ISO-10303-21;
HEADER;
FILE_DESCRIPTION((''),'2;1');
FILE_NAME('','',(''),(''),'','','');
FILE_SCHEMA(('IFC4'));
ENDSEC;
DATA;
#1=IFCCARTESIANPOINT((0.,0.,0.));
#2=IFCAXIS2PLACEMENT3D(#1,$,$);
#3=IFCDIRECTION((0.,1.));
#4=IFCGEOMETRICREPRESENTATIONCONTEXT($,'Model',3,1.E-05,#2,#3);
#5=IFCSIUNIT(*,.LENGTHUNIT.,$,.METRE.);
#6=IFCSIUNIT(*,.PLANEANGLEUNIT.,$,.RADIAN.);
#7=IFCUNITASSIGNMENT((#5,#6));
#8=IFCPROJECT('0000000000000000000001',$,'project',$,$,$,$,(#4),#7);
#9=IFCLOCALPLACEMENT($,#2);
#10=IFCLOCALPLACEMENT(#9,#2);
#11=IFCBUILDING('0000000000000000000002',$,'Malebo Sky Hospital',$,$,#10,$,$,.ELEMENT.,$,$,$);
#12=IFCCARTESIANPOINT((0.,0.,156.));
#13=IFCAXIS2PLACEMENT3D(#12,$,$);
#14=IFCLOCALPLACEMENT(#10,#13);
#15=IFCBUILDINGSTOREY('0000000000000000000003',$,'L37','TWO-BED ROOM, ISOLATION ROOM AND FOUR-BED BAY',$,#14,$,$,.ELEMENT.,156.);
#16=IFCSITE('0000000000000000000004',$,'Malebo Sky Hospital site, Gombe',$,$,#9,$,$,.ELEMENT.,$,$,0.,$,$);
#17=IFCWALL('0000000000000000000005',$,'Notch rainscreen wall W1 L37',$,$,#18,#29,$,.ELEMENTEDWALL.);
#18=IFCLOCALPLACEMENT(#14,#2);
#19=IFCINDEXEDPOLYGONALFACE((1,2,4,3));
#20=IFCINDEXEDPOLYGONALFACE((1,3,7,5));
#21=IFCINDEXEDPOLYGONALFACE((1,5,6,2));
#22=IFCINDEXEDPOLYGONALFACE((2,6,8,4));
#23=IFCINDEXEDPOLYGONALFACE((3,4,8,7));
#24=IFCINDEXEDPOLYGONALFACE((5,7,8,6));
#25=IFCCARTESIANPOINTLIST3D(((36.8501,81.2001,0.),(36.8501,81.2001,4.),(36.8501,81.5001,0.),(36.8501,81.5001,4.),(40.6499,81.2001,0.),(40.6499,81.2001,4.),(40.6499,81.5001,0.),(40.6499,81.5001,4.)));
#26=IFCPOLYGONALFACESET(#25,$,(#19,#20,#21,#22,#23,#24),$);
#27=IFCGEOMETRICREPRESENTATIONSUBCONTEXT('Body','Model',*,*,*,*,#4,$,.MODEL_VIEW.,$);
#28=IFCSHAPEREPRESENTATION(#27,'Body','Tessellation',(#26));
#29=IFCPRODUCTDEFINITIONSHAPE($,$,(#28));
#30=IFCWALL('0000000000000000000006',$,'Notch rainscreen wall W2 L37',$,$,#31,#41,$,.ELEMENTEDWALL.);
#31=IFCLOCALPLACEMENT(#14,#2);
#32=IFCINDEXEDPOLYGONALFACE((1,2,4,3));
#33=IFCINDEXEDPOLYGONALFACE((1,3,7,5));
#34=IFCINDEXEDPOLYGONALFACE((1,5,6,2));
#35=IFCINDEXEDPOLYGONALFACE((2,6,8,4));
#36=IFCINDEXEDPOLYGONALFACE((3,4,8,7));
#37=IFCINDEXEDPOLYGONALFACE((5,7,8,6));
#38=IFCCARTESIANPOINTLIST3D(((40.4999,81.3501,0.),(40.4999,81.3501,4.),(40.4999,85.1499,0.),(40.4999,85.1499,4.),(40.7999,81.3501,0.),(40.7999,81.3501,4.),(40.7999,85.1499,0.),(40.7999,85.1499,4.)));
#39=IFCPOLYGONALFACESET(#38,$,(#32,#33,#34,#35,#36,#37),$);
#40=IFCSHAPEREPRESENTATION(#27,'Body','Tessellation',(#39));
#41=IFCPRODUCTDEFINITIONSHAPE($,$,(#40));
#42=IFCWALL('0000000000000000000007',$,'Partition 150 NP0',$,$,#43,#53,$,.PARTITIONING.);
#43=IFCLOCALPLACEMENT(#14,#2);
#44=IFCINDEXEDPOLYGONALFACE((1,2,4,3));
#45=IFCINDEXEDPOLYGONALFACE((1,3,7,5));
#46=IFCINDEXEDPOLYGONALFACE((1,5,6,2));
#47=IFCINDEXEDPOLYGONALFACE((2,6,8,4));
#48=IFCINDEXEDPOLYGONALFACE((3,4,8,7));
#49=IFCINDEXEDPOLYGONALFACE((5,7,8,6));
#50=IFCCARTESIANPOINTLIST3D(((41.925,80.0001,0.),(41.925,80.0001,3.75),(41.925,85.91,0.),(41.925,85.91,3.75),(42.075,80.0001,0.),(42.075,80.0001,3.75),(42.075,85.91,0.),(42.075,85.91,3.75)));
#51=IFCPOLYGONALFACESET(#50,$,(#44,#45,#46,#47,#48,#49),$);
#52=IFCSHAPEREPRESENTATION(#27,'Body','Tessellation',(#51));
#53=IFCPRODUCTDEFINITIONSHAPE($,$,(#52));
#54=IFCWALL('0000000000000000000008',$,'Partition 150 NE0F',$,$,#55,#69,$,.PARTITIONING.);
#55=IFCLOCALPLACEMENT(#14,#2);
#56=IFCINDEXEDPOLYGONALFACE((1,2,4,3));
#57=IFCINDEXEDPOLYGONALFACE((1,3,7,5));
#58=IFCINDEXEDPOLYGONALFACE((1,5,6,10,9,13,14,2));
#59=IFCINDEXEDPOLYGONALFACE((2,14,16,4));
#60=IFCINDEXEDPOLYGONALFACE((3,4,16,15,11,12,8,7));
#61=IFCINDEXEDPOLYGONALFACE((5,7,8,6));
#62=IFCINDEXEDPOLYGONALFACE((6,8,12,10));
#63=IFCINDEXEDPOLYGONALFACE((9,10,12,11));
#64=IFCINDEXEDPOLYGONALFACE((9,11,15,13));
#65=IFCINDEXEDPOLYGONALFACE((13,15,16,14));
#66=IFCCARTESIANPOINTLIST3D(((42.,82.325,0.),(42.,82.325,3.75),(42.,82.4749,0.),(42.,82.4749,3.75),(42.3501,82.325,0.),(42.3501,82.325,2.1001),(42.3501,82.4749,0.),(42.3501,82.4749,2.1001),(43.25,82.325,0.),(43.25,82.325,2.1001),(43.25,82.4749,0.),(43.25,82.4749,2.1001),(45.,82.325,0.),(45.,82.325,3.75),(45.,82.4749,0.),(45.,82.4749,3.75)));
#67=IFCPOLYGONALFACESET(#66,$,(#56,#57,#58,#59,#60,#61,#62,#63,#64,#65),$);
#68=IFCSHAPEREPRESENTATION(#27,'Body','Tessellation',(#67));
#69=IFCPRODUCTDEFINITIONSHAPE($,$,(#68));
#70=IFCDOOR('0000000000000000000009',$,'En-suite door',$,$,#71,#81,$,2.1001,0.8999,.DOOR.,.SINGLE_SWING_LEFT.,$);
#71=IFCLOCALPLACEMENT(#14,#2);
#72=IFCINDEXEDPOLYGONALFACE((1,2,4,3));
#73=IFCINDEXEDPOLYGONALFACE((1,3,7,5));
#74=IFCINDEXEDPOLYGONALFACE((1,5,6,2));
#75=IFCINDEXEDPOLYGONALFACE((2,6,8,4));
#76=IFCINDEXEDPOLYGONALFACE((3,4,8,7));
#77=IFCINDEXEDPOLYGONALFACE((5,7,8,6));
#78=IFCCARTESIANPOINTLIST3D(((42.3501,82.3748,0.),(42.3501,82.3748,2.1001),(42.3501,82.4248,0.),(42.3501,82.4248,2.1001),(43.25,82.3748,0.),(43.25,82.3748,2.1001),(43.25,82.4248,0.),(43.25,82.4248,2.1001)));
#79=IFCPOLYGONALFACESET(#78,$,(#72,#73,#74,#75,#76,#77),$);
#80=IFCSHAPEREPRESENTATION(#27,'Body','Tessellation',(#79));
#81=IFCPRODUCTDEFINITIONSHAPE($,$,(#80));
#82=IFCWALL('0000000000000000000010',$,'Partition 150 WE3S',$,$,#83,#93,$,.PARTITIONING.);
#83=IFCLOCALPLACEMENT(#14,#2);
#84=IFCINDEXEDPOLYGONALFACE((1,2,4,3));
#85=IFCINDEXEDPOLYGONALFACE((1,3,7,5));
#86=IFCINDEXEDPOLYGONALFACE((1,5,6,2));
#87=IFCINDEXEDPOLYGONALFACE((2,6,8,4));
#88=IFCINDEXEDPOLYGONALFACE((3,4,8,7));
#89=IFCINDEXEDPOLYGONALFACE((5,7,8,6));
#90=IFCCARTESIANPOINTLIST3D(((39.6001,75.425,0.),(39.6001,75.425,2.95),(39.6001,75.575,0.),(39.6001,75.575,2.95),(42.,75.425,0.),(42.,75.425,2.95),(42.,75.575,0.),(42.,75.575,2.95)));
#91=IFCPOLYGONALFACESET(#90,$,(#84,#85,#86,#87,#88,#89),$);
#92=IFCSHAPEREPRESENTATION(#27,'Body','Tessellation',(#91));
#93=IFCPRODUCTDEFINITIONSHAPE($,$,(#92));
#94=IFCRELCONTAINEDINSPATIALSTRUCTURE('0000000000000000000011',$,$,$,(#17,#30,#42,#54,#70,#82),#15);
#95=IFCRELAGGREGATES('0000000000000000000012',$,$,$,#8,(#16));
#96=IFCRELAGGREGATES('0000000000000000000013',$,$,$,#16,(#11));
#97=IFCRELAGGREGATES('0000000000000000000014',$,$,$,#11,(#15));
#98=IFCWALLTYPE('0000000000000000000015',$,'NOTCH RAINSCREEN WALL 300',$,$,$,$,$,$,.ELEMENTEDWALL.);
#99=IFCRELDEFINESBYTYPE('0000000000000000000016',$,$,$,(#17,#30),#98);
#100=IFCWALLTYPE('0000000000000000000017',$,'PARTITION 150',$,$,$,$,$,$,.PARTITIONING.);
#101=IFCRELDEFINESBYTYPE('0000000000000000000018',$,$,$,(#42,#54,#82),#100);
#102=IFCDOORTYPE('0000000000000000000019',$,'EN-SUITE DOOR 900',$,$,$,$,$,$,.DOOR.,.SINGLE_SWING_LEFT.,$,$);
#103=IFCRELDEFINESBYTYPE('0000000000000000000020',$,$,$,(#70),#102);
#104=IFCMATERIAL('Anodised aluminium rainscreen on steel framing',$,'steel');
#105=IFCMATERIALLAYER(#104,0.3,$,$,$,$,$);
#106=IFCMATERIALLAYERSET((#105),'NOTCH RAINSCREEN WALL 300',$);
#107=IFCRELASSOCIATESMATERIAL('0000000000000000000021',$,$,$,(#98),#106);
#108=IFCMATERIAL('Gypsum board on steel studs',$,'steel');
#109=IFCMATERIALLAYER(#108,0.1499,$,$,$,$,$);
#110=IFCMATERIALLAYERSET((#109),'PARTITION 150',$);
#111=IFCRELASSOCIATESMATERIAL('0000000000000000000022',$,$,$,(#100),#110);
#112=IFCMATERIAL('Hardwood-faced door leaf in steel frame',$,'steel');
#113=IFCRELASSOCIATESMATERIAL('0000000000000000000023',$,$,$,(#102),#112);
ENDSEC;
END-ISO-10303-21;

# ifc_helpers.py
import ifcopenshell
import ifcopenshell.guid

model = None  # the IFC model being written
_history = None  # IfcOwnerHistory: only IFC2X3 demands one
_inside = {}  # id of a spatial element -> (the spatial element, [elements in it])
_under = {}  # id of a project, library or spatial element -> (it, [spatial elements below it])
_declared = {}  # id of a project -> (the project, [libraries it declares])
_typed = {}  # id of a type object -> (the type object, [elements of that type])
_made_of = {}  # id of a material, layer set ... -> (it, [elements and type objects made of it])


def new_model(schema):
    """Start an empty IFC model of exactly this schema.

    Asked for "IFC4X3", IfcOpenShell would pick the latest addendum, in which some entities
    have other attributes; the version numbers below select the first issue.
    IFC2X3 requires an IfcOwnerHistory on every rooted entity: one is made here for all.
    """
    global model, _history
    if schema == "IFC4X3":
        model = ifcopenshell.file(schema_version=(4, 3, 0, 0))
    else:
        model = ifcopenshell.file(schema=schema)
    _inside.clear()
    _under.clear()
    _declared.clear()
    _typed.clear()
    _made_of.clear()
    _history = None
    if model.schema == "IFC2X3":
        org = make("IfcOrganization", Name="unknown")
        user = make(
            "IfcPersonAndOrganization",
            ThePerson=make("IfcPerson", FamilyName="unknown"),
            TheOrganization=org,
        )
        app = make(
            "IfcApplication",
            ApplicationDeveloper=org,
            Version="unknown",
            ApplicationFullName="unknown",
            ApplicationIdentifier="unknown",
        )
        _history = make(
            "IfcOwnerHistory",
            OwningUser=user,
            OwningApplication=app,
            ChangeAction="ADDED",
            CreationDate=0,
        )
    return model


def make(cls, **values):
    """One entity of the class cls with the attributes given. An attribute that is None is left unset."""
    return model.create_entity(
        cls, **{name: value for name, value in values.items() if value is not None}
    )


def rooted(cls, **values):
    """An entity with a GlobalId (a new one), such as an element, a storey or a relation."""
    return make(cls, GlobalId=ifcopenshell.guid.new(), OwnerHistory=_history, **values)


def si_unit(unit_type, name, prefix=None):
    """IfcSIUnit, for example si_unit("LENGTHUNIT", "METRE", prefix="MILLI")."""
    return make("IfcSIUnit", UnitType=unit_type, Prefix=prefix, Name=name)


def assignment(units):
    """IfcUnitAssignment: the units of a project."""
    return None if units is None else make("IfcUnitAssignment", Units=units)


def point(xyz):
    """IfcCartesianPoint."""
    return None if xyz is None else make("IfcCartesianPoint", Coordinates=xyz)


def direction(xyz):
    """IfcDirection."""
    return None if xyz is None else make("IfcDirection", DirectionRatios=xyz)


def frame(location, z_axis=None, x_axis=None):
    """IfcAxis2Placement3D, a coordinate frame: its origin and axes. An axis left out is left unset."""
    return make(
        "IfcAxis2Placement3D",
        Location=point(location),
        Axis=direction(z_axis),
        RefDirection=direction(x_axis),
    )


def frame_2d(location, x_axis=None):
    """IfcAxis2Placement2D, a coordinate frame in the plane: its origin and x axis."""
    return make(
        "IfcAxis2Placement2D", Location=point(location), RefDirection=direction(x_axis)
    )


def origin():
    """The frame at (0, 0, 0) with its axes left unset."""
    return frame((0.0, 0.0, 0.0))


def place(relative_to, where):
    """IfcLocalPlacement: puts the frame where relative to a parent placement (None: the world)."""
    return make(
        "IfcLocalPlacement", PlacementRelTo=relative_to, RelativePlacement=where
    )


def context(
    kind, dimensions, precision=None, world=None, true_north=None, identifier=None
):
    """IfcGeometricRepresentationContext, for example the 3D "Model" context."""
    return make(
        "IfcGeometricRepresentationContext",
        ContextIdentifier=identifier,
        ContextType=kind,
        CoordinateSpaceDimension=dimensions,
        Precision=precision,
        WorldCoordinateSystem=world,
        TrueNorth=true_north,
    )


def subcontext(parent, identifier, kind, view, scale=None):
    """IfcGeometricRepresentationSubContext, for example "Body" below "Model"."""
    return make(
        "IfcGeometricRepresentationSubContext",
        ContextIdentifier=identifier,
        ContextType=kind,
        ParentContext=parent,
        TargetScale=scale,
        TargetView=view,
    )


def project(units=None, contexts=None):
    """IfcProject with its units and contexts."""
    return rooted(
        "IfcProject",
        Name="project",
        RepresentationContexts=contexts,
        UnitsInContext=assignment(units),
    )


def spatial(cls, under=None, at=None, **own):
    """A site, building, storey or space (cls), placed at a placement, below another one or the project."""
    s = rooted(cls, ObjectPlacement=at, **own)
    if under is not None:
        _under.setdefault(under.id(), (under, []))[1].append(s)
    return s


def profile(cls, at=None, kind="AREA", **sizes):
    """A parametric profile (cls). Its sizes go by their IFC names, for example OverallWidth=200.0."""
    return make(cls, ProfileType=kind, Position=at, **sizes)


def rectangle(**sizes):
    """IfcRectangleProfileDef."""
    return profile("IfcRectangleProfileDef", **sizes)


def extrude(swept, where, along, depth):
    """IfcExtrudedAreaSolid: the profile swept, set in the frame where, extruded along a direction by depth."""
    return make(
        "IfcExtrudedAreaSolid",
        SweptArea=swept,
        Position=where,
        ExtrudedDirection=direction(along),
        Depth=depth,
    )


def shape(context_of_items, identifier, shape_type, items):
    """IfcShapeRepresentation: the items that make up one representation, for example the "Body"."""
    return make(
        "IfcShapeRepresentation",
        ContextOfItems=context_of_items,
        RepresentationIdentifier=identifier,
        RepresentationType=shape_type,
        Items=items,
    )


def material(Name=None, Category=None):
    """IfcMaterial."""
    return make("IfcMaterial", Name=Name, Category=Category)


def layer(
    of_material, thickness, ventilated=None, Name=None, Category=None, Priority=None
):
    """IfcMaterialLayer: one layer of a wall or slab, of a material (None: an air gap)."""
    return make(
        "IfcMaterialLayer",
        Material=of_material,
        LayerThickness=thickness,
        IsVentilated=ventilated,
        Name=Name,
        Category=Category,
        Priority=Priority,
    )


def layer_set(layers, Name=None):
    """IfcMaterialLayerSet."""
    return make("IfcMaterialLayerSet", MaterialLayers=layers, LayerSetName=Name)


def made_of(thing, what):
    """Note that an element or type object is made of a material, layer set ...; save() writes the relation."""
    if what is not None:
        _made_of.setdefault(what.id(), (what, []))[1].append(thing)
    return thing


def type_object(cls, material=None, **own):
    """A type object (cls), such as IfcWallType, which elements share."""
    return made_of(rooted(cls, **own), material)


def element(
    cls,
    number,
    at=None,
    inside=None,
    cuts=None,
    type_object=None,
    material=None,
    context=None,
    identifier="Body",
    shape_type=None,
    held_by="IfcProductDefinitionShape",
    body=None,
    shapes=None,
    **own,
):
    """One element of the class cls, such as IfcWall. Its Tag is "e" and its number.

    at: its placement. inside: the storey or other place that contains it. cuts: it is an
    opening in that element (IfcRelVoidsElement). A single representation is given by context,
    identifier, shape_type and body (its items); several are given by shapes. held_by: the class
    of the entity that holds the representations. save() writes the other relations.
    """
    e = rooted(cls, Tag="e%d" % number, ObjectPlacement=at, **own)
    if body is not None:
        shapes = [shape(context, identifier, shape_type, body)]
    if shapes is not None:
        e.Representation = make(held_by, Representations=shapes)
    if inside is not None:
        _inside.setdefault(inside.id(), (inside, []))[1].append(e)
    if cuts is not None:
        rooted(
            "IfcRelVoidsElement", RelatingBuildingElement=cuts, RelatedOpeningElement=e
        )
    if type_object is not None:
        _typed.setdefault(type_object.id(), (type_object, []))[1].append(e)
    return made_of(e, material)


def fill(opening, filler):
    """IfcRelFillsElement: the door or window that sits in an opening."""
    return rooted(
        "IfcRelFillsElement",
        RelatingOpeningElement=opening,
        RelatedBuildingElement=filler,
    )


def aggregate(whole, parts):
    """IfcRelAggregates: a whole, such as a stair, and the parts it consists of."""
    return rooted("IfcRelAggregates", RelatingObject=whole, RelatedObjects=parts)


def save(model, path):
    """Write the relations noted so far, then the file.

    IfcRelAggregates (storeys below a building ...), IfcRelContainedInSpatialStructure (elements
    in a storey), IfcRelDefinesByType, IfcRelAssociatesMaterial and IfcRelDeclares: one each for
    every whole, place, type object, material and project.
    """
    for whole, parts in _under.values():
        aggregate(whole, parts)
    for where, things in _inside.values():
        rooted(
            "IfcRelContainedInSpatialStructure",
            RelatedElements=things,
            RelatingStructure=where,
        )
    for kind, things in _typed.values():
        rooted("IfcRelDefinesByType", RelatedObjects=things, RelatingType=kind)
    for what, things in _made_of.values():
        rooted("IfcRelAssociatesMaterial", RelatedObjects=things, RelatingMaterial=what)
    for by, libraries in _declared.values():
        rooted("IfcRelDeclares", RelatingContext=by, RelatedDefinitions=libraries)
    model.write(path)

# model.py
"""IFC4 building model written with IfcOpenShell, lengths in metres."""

from ifc_helpers import new_model, si_unit, direction, frame, frame_2d, origin, place, context, subcontext, project, spatial, rectangle, extrude, material, layer, layer_set, type_object, element, fill, save


model = new_model("IFC4")

# Units and contexts
model_context = context("Model", 3, precision=1e-05, world=origin(), true_north=direction((0.0, 1.0)))
body_context = subcontext(model_context, "Body", "Model", "MODEL_VIEW")
ifc_project = project(units=[si_unit("LENGTHUNIT", "METRE"), si_unit("PLANEANGLEUNIT", "RADIAN")], contexts=[model_context])

# Site, building, storey
site_placement = place(None, origin())
site = spatial("IfcSite", under=ifc_project, at=site_placement, Name="Malebo Sky Hospital site, Gombe", CompositionType="ELEMENT", RefElevation=0.0)
building_placement = place(site_placement, origin())
building = spatial("IfcBuilding", under=site, at=building_placement, Name="Malebo Sky Hospital", CompositionType="ELEMENT")
storey_placement = place(building_placement, frame((0.0, 0.0, 156.0)))
storey = spatial("IfcBuildingStorey", under=building, at=storey_placement, Name="L37", Description="TWO-BED ROOM, ISOLATION ROOM AND FOUR-BED BAY", CompositionType="ELEMENT", Elevation=156.0)

# Shared definitions
ifc_material_1 = material(Name="Gypsum board on steel studs", Category="steel")
ifc_material_2 = material(Name="Hardwood-faced door leaf in steel frame", Category="steel")

# Walls
ifc_material_3 = material(Name="Anodised aluminium rainscreen on steel framing", Category="steel")
ifc_layer_1 = layer(ifc_material_3, 0.3)
ifc_layer_set_1 = layer_set([ifc_layer_1], Name="NOTCH RAINSCREEN WALL 300")
wall_type_1 = type_object("IfcWallType", Name="NOTCH RAINSCREEN WALL 300", PredefinedType="ELEMENTEDWALL", material=ifc_layer_set_1)
for number, where, z_axis, x_axis, name in (
    (1, (36.8501, 81.3501, 0.0), (0.0, 0.0, 1.0), (1.0, 0.0, 0.0), "Notch rainscreen wall W1 L37"),
    (2, (40.6499, 81.3501, 0.0), (0.0, 0.0, 1.0), (0.0, 1.0, 0.0), "Notch rainscreen wall W2 L37"),
):
    element("IfcWall", number, at=place(storey_placement, frame(where, z_axis=z_axis, x_axis=x_axis)), inside=storey, type_object=wall_type_1, Name=name, PredefinedType="ELEMENTEDWALL", context=body_context, shape_type="SweptSolid", body=[
        extrude(rectangle(XDim=3.7998, YDim=0.3, at=frame_2d((1.8999, 0.0))), origin(), (0.0, 0.0, 1.0), 4.0),
    ])
ifc_layer_2 = layer(ifc_material_1, 0.1499)
ifc_layer_set_2 = layer_set([ifc_layer_2], Name="PARTITION 150")
wall_type_2 = type_object("IfcWallType", Name="PARTITION 150", PredefinedType="PARTITIONING", material=ifc_layer_set_2)
wall_1_placement = place(storey_placement, frame((42.0, 80.0, 0.0), z_axis=(0.0, 0.0, 1.0), x_axis=(0.0, 1.0, 0.0)))
element("IfcWall", 3, at=wall_1_placement, inside=storey, type_object=wall_type_2, Name="Partition 150 NP0", PredefinedType="PARTITIONING", context=body_context, shape_type="SweptSolid", body=[
    extrude(rectangle(XDim=5.9099, YDim=0.1499, at=frame_2d((2.9551, 0.0))), origin(), (0.0, 0.0, 1.0), 3.75),
])

# Wall, opening, door
wall_2_placement = place(storey_placement, frame((42.0, 82.3999, 0.0), z_axis=(0.0, 0.0, 1.0), x_axis=(1.0, 0.0, 0.0)))
wall_2 = element("IfcWall", 4, at=wall_2_placement, inside=storey, type_object=wall_type_2, Name="Partition 150 NE0F", PredefinedType="PARTITIONING", context=body_context, shape_type="SweptSolid", body=[
    extrude(rectangle(XDim=3.0, YDim=0.1499, at=frame_2d((1.5, 0.0))), origin(), (0.0, 0.0, 1.0), 3.75),
])
opening_1_placement = place(wall_2_placement, frame((0.3501, 0.0, 0.0)))
opening_1 = element("IfcOpeningElement", 5, at=opening_1_placement, cuts=wall_2, PredefinedType="OPENING", context=body_context, shape_type="SweptSolid", body=[
    extrude(rectangle(XDim=0.8999, YDim=2.1001, at=frame_2d((0.45, 1.05))), frame((0.0, 0.085, 0.0), z_axis=(0.0, -1.0, 0.0), x_axis=(1.0, 0.0, 0.0)), (0.0, 0.0, 1.0), 0.1699),
])
door_type_1 = type_object("IfcDoorType", Name="EN-SUITE DOOR 900", OperationType="SINGLE_SWING_LEFT", PredefinedType="DOOR", material=ifc_material_2)
door_1_placement = place(opening_1_placement, origin())
door_1 = element("IfcDoor", 6, at=door_1_placement, inside=storey, type_object=door_type_1, Name="En-suite door", OperationType="SINGLE_SWING_LEFT", OverallHeight=2.1001, OverallWidth=0.8999, PredefinedType="DOOR", context=body_context, shape_type="SweptSolid", body=[
    extrude(rectangle(XDim=0.8999, YDim=2.1001, at=frame_2d((0.45, 1.05))), frame((0.0, 0.0249, 0.0), z_axis=(0.0, -1.0, 0.0), x_axis=(1.0, 0.0, 0.0)), (0.0, 0.0, 1.0), 0.05),
])
fill(opening_1, door_1)

# Wall
wall_3_placement = place(storey_placement, frame((42.0, 75.5, 0.0), z_axis=(0.0, 0.0, 1.0), x_axis=(-1.0, 0.0, 0.0)))
element("IfcWall", 7, at=wall_3_placement, inside=storey, type_object=wall_type_2, Name="Partition 150 WE3S", PredefinedType="PARTITIONING", context=body_context, shape_type="SweptSolid", body=[
    extrude(rectangle(XDim=2.3999, YDim=0.1499, at=frame_2d((1.2, 0.0))), origin(), (0.0, 0.0, 1.0), 2.95),
])

save(model, "model.ifc")
